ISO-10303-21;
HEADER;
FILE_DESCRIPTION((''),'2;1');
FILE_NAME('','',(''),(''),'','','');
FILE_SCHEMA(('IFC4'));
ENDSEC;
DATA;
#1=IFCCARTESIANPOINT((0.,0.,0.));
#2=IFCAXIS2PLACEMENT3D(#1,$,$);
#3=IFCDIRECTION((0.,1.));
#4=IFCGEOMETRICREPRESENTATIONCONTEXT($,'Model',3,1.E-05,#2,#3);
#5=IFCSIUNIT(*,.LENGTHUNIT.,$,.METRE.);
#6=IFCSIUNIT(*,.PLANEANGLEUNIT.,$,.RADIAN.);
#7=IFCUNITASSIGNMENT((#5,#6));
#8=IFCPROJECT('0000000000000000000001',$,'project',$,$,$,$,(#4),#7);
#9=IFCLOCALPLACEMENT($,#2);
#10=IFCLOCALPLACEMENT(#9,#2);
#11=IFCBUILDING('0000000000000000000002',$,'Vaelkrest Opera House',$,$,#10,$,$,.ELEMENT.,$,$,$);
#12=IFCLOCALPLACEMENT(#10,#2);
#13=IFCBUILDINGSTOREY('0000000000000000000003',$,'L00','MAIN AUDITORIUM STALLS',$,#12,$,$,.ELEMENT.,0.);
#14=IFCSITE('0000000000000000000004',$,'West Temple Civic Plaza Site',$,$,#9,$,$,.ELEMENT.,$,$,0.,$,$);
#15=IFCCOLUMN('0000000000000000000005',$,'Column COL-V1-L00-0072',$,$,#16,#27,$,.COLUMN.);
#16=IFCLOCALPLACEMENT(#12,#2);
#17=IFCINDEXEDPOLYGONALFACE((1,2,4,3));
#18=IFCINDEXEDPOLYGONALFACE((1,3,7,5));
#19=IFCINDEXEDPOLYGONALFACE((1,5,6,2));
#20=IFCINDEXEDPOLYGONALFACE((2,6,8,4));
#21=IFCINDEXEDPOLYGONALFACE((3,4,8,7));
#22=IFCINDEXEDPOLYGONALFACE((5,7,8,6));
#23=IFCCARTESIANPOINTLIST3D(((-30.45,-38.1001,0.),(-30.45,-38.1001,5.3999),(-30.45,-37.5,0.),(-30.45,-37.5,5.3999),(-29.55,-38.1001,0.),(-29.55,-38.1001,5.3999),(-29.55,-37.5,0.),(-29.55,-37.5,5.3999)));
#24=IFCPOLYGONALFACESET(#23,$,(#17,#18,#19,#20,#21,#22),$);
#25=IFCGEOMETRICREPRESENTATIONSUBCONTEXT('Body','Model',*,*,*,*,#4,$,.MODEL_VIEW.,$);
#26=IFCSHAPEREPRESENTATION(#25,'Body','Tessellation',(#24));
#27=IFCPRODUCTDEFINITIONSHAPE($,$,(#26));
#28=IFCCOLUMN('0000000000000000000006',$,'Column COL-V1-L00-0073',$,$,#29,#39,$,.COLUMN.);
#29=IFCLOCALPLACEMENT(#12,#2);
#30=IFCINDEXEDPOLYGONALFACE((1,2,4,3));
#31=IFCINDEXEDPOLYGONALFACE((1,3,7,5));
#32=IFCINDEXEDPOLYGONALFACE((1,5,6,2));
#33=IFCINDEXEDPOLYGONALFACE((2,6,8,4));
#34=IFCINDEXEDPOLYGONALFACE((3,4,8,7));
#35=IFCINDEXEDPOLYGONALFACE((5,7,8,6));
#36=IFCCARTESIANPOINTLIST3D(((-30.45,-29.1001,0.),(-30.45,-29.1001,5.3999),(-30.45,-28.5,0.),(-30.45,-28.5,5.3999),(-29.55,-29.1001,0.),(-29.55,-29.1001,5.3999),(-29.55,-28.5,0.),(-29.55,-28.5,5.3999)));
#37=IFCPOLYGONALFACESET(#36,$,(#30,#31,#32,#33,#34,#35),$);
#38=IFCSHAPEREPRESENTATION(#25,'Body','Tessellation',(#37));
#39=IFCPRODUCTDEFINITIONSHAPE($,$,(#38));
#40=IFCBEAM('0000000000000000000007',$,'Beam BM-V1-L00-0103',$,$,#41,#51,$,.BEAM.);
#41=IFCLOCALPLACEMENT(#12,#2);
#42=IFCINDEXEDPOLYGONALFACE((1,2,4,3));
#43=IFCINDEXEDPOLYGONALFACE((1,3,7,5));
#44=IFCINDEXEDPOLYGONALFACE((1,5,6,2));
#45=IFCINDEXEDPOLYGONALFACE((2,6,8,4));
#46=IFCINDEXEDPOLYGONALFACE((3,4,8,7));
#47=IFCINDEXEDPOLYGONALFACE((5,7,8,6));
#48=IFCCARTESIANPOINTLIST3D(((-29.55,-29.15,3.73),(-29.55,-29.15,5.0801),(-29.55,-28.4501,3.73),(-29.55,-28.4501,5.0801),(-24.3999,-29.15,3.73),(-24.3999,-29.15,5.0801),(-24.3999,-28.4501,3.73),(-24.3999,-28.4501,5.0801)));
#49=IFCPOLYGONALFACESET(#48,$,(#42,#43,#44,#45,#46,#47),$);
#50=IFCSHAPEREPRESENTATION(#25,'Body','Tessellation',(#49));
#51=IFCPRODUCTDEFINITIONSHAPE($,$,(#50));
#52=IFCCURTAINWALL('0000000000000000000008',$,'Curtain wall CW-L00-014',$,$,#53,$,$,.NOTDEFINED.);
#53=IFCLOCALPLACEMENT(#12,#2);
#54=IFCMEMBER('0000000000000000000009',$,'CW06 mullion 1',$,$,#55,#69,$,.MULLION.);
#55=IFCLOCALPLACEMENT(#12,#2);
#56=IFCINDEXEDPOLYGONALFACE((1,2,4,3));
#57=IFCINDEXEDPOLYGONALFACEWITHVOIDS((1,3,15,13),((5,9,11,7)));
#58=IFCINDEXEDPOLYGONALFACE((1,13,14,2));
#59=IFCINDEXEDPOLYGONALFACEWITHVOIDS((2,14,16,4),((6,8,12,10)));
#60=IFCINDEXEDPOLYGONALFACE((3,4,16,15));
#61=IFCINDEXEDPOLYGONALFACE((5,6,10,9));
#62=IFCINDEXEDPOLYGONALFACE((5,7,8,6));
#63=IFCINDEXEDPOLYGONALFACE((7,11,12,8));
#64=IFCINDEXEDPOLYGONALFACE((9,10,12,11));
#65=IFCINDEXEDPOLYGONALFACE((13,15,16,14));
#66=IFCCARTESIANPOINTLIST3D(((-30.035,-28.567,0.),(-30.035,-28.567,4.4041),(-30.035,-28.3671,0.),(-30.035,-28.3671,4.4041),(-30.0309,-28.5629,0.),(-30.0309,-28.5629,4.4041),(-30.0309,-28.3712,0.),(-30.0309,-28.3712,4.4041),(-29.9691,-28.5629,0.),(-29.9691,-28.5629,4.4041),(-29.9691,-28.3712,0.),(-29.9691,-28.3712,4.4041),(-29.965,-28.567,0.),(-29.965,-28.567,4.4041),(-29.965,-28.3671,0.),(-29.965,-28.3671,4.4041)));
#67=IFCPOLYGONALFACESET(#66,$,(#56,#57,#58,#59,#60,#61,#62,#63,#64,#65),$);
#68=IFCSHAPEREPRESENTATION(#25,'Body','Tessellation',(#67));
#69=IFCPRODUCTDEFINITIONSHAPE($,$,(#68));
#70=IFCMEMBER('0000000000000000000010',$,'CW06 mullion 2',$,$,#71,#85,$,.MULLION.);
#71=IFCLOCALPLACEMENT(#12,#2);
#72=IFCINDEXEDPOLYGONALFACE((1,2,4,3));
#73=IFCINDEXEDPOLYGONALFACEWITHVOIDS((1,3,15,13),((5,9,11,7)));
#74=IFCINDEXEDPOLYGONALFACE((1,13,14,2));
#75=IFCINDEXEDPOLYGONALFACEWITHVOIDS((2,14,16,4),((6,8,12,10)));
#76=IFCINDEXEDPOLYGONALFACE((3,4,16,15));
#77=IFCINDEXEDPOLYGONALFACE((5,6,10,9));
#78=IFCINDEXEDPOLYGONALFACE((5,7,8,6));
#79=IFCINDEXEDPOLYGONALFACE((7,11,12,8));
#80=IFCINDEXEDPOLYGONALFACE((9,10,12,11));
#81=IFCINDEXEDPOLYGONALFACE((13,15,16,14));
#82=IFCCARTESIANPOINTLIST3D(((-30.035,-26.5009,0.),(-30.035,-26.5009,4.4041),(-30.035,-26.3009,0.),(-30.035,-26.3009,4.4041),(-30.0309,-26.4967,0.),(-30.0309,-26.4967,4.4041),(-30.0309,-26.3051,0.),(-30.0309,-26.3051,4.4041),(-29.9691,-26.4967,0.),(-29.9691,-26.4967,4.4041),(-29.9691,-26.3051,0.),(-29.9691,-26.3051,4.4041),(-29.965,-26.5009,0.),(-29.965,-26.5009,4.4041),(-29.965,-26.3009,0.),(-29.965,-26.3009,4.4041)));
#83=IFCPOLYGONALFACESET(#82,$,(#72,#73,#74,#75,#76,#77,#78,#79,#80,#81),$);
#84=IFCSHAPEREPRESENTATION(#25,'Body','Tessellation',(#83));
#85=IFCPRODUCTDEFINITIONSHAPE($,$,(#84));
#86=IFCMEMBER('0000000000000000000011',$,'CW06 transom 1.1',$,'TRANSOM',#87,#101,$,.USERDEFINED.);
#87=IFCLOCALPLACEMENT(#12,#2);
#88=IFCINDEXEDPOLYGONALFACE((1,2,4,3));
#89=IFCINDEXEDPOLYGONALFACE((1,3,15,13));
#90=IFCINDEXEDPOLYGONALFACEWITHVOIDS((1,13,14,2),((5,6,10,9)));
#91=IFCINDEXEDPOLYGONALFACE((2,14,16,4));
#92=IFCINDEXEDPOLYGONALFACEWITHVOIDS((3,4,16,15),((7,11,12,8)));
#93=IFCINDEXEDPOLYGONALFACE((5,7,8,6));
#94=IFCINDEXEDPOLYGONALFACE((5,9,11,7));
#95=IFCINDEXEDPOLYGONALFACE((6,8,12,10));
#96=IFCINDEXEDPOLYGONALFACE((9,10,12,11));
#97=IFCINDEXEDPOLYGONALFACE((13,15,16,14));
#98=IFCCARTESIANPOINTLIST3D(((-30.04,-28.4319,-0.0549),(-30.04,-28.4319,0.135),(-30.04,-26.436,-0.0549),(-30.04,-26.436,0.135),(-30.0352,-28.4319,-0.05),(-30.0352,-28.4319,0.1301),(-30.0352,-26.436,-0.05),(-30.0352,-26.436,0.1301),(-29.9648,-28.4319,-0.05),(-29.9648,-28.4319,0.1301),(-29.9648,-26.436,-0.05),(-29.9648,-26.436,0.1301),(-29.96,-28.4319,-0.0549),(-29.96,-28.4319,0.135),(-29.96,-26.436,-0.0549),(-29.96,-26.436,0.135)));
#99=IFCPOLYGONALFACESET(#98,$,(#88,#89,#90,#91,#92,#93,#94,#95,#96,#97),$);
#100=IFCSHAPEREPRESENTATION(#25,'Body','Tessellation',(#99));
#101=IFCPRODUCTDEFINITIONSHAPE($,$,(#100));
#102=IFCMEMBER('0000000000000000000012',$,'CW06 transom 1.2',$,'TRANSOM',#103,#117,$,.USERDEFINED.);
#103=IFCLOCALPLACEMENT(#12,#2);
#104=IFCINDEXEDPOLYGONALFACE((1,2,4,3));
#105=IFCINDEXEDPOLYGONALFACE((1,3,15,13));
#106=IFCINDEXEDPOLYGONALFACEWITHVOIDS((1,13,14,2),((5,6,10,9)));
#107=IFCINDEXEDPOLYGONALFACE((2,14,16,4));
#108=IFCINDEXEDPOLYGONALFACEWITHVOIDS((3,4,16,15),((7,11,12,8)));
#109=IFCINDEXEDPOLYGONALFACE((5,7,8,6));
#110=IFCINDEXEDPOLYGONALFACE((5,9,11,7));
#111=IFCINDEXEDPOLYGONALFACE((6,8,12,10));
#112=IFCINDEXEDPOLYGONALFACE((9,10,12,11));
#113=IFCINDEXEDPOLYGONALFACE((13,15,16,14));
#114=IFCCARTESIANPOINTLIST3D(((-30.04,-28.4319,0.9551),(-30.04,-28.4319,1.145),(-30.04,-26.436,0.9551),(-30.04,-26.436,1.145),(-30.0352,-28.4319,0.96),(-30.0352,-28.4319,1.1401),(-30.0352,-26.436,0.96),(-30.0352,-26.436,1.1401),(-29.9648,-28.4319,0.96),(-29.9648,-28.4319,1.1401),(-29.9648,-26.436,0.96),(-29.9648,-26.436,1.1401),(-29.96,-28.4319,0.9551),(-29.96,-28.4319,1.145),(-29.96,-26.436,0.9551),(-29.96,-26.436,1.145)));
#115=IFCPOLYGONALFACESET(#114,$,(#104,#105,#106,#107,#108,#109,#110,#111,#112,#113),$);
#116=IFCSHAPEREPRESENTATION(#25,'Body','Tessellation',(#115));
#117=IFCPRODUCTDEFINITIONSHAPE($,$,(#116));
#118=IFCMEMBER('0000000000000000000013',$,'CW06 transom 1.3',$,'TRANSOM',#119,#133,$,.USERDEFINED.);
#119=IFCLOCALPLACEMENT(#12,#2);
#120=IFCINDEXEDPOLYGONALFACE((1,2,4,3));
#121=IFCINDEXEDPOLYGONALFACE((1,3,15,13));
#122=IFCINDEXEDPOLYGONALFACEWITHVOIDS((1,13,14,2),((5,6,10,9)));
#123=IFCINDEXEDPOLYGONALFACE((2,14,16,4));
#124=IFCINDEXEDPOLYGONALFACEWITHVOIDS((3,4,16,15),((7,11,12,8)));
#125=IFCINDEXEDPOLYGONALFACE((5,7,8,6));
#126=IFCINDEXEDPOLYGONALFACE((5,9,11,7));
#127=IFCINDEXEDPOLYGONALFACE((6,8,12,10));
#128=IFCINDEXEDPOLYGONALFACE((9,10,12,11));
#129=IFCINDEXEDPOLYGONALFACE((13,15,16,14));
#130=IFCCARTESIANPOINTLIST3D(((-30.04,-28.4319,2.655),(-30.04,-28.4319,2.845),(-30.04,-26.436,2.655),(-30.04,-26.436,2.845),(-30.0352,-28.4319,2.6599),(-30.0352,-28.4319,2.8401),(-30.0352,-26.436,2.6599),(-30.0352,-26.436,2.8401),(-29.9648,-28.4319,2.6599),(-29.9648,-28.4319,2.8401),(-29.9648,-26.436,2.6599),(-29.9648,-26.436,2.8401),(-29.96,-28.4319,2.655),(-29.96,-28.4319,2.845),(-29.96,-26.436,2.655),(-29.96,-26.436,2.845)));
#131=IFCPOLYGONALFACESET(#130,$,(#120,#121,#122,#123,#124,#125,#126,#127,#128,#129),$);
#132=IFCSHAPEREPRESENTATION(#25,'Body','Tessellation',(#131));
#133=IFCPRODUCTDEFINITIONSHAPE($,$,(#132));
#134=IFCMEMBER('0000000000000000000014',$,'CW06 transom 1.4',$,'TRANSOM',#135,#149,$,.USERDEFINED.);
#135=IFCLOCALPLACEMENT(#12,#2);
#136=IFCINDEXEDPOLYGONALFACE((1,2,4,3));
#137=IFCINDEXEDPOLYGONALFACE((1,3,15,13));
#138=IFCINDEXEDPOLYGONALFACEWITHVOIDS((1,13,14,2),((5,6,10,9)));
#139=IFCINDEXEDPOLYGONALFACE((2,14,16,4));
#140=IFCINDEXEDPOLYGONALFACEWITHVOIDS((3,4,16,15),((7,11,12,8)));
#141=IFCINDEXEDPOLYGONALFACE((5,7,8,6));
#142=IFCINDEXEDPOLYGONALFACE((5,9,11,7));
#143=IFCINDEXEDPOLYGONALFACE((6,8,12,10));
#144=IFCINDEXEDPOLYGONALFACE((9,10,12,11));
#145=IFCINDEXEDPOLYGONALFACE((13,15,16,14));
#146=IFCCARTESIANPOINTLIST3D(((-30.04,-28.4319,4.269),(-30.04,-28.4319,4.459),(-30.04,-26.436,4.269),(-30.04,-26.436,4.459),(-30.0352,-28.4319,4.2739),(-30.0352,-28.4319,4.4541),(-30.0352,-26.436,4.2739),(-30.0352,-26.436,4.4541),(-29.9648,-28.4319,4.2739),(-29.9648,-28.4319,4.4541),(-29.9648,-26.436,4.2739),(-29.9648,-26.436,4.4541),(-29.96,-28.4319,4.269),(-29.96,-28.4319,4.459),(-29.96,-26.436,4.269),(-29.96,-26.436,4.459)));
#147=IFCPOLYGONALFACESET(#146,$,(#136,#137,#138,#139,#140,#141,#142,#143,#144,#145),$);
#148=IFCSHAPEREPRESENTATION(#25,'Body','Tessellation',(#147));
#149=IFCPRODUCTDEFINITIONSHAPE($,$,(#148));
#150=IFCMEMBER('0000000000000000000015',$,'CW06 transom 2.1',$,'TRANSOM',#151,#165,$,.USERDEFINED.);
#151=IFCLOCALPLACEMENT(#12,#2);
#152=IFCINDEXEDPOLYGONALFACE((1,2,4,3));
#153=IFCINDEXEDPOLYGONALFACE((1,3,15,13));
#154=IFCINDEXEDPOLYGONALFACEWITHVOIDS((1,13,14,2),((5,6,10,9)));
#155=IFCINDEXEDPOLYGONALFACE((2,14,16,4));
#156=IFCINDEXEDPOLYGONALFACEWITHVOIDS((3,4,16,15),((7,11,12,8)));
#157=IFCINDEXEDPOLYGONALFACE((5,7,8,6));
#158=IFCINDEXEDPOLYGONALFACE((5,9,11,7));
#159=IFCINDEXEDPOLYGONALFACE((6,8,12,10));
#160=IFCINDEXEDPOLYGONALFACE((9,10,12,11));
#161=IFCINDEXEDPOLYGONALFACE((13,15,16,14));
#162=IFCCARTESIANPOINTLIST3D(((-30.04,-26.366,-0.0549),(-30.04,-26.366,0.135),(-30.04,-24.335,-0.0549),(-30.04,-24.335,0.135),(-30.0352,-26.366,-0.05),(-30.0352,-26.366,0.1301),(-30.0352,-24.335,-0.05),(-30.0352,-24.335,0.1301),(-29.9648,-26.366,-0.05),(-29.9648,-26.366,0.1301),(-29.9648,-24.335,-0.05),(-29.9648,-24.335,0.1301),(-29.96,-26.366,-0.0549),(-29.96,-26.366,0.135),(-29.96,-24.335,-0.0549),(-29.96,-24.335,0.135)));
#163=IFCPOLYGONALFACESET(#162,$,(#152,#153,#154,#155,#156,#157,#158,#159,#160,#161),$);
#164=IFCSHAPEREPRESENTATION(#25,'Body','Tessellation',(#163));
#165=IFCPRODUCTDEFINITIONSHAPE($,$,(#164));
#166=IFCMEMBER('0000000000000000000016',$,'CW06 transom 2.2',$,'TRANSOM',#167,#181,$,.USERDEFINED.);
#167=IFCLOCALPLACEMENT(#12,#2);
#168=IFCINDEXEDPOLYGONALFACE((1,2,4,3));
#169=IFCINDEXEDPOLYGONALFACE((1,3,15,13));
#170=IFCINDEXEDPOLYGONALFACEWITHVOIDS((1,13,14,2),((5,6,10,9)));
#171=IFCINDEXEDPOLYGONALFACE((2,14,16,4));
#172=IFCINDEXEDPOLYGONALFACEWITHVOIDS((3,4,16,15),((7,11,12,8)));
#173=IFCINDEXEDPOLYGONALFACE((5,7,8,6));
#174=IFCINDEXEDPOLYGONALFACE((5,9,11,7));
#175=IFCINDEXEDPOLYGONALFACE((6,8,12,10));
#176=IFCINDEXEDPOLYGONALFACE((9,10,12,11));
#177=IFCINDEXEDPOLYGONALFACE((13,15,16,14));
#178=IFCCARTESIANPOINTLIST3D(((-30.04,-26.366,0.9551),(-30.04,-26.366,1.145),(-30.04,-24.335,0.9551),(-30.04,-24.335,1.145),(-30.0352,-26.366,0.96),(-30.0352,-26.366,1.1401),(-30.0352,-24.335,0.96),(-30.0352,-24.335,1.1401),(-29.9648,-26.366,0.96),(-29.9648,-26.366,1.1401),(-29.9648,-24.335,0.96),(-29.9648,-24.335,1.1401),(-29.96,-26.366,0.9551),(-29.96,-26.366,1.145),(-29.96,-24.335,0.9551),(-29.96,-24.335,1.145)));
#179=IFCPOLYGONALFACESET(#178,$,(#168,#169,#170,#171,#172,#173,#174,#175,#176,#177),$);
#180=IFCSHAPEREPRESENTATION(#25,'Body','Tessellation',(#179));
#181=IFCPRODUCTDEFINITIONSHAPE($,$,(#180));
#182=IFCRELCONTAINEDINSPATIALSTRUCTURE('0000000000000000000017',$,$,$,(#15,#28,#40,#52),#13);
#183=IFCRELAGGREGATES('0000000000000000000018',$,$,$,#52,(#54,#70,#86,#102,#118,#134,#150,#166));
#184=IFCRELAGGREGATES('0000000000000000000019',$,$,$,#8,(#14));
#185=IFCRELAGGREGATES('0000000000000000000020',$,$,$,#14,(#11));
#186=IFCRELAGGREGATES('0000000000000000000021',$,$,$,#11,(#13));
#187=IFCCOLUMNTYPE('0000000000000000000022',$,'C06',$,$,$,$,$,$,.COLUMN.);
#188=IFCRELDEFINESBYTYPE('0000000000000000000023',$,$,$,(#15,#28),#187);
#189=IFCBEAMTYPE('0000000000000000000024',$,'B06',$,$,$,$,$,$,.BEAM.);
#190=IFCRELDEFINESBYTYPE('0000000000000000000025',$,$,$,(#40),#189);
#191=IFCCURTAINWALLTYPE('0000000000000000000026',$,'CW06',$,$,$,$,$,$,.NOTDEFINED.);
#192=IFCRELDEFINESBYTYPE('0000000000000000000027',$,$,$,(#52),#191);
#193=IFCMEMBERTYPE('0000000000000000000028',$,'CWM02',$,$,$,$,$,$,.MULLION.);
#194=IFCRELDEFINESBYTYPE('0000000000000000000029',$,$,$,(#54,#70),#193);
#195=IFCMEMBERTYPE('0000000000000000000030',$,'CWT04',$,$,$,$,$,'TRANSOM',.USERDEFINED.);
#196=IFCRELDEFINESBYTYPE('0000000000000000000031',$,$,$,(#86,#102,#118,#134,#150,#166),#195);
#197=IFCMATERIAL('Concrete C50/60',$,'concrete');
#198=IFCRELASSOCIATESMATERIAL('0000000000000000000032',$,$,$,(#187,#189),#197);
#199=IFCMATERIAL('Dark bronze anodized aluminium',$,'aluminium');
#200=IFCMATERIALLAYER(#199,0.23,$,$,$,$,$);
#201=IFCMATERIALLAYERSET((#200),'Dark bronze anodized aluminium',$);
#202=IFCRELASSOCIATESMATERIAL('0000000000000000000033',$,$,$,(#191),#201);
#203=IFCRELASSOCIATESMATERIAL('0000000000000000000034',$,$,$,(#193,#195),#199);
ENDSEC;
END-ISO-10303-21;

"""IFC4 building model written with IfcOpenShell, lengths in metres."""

from ifc_helpers import new_model, si_unit, direction, frame, origin, origin_2d, place, context, subcontext, project, spatial, rectangle, hollow_rectangle, extrude, material, layer, layer_set, material_profile, profile_set, type_object, element, aggregate, save


model = new_model("IFC4")

# Units and contexts
model_context = context("Model", 3, precision=1e-05, world=origin(), true_north=direction((0.0, 1.0)))
body_context = subcontext(model_context, "Body", "Model", "MODEL_VIEW")
ifc_project = project(units=[si_unit("LENGTHUNIT", "METRE"), si_unit("PLANEANGLEUNIT", "RADIAN")], contexts=[model_context])

# Site, building, storey
site_placement = place(None, origin())
site = spatial("IfcSite", under=ifc_project, at=site_placement, Name="West Temple Civic Plaza Site", CompositionType="ELEMENT", RefElevation=0.0)
building_placement = place(site_placement, origin())
building = spatial("IfcBuilding", under=site, at=building_placement, Name="Vaelkrest Opera House", CompositionType="ELEMENT")
storey_placement = place(building_placement, origin())
storey = spatial("IfcBuildingStorey", under=building, at=storey_placement, Name="L00", Description="MAIN AUDITORIUM STALLS", CompositionType="ELEMENT", Elevation=0.0)

# Columns
ifc_material_1 = material(Name="Concrete C50/60", Category="concrete")
ifc_material_profile_1 = material_profile(ifc_material_1, rectangle(XDim=0.6001, YDim=0.8999, at=origin_2d()), Name="RC600X900")
ifc_profile_set_1 = profile_set([ifc_material_profile_1], Name="Concrete C50/60")
column_type = type_object("IfcColumnType", Name="C06", PredefinedType="COLUMN", material=ifc_profile_set_1)
for number, where, z_axis, x_axis, name in (
    (1, (-30.0, -37.8, 0.0), (0.0, 0.0, 1.0), (0.0, 1.0, 0.0), "Column COL-V1-L00-0072"),
    (2, (-30.0, -28.8, 0.0), (0.0, 0.0, 1.0), (0.0, 1.0, 0.0), "Column COL-V1-L00-0073"),
):
    element("IfcColumn", number, at=place(storey_placement, frame(where, z_axis=z_axis, x_axis=x_axis)), inside=storey, type_object=column_type, Name=name, PredefinedType="COLUMN", context=body_context, shape_type="SweptSolid", body=[
        extrude(rectangle(XDim=0.6001, YDim=0.8999, at=origin_2d()), origin(), (0.0, 0.0, 1.0), 5.3999),
    ])

# Beam
ifc_material_profile_2 = material_profile(ifc_material_1, rectangle(XDim=0.7, YDim=1.3501, at=origin_2d()), Name="RCB700X1350")
ifc_profile_set_2 = profile_set([ifc_material_profile_2], Name="Concrete C50/60")
beam_type_1 = type_object("IfcBeamType", Name="B06", PredefinedType="BEAM", material=ifc_profile_set_2)
beam_1_placement = place(storey_placement, frame((-29.55, -28.8, 4.405), z_axis=(1.0, 0.0, 0.0), x_axis=(0.0, 1.0, 0.0)))
element("IfcBeam", 3, at=beam_1_placement, inside=storey, type_object=beam_type_1, Name="Beam BM-V1-L00-0103", PredefinedType="BEAM", context=body_context, shape_type="SweptSolid", body=[
    extrude(rectangle(XDim=0.7, YDim=1.3501, at=origin_2d()), origin(), (0.0, 0.0, 1.0), 5.1501),
])

# Curtain wall, members
ifc_material_2 = material(Name="Dark bronze anodized aluminium", Category="aluminium")
ifc_layer_1 = layer(ifc_material_2, 0.23)
ifc_layer_set_1 = layer_set([ifc_layer_1], Name="Dark bronze anodized aluminium")
curtain_wall_type = type_object("IfcCurtainWallType", Name="CW06", PredefinedType="NOTDEFINED", material=ifc_layer_set_1)
curtain_wall_placement = place(storey_placement, origin())
curtain_wall = element("IfcCurtainWall", 4, at=curtain_wall_placement, inside=storey, type_object=curtain_wall_type, Name="Curtain wall CW-L00-014", PredefinedType="NOTDEFINED")
ifc_material_profile_3 = material_profile(ifc_material_2, hollow_rectangle(XDim=0.0701, YDim=0.2, WallThickness=0.0042, at=origin_2d()), Name="CWM70X200")
ifc_profile_set_3 = profile_set([ifc_material_profile_3], Name="Dark bronze anodized aluminium")
member_type_1 = type_object("IfcMemberType", Name="CWM02", PredefinedType="MULLION", material=ifc_profile_set_3)
member_1_placement = place(storey_placement, frame((-30.0, -28.467, 0.0), z_axis=(0.0, 0.0, 1.0), x_axis=(-1.0, 0.0, 0.0)))
member_1 = element("IfcMember", 5, at=member_1_placement, type_object=member_type_1, Name="CW06 mullion 1", PredefinedType="MULLION", context=body_context, shape_type="SweptSolid", body=[
    extrude(hollow_rectangle(XDim=0.0701, YDim=0.2, WallThickness=0.0042, at=origin_2d()), origin(), (0.0, 0.0, 1.0), 4.4041),
])
member_2_placement = place(storey_placement, frame((-30.0, -26.4009, 0.0), z_axis=(0.0, 0.0, 1.0), x_axis=(-1.0, 0.0, 0.0)))
member_2 = element("IfcMember", 6, at=member_2_placement, type_object=member_type_1, Name="CW06 mullion 2", PredefinedType="MULLION", context=body_context, shape_type="SweptSolid", body=[
    extrude(hollow_rectangle(XDim=0.0701, YDim=0.2, WallThickness=0.0042, at=origin_2d()), origin(), (0.0, 0.0, 1.0), 4.4041),
])
ifc_material_profile_4 = material_profile(ifc_material_2, hollow_rectangle(XDim=0.0801, YDim=0.1899, WallThickness=0.0049, at=origin_2d()), Name="CWT80X190")
ifc_profile_set_4 = profile_set([ifc_material_profile_4], Name="Dark bronze anodized aluminium")
member_type_2 = type_object("IfcMemberType", Name="CWT04", ElementType="TRANSOM", PredefinedType="USERDEFINED", material=ifc_profile_set_4)
member_3_placement = place(storey_placement, frame((-30.0, -28.4319, 0.04), z_axis=(0.0, 1.0, 0.0), x_axis=(-1.0, 0.0, 0.0)))
member_3 = element("IfcMember", 7, at=member_3_placement, type_object=member_type_2, Name="CW06 transom 1.1", ObjectType="TRANSOM", PredefinedType="USERDEFINED", context=body_context, shape_type="SweptSolid", body=[
    extrude(hollow_rectangle(XDim=0.0801, YDim=0.1899, WallThickness=0.0049, at=origin_2d()), origin(), (0.0, 0.0, 1.0), 1.9958),
])
member_4_placement = place(storey_placement, frame((-30.0, -28.4319, 1.05), z_axis=(0.0, 1.0, 0.0), x_axis=(-1.0, 0.0, 0.0)))
member_4 = element("IfcMember", 8, at=member_4_placement, type_object=member_type_2, Name="CW06 transom 1.2", ObjectType="TRANSOM", PredefinedType="USERDEFINED", context=body_context, shape_type="SweptSolid", body=[
    extrude(hollow_rectangle(XDim=0.0801, YDim=0.1899, WallThickness=0.0049, at=origin_2d()), origin(), (0.0, 0.0, 1.0), 1.9958),
])
member_5_placement = place(storey_placement, frame((-30.0, -28.4319, 2.75), z_axis=(0.0, 1.0, 0.0), x_axis=(-1.0, 0.0, 0.0)))
member_5 = element("IfcMember", 9, at=member_5_placement, type_object=member_type_2, Name="CW06 transom 1.3", ObjectType="TRANSOM", PredefinedType="USERDEFINED", context=body_context, shape_type="SweptSolid", body=[
    extrude(hollow_rectangle(XDim=0.0801, YDim=0.1899, WallThickness=0.0049, at=origin_2d()), origin(), (0.0, 0.0, 1.0), 1.9958),
])
member_6_placement = place(storey_placement, frame((-30.0, -28.4319, 4.364), z_axis=(0.0, 1.0, 0.0), x_axis=(-1.0, 0.0, 0.0)))
member_6 = element("IfcMember", 10, at=member_6_placement, type_object=member_type_2, Name="CW06 transom 1.4", ObjectType="TRANSOM", PredefinedType="USERDEFINED", context=body_context, shape_type="SweptSolid", body=[
    extrude(hollow_rectangle(XDim=0.0801, YDim=0.1899, WallThickness=0.0049, at=origin_2d()), origin(), (0.0, 0.0, 1.0), 1.9958),
])
member_7_placement = place(storey_placement, frame((-30.0, -26.366, 0.04), z_axis=(0.0, 1.0, 0.0), x_axis=(-1.0, 0.0, 0.0)))
member_7 = element("IfcMember", 11, at=member_7_placement, type_object=member_type_2, Name="CW06 transom 2.1", ObjectType="TRANSOM", PredefinedType="USERDEFINED", context=body_context, shape_type="SweptSolid", body=[
    extrude(hollow_rectangle(XDim=0.0801, YDim=0.1899, WallThickness=0.0049, at=origin_2d()), origin(), (0.0, 0.0, 1.0), 2.031),
])
member_8_placement = place(storey_placement, frame((-30.0, -26.366, 1.05), z_axis=(0.0, 1.0, 0.0), x_axis=(-1.0, 0.0, 0.0)))
member_8 = element("IfcMember", 12, at=member_8_placement, type_object=member_type_2, Name="CW06 transom 2.2", ObjectType="TRANSOM", PredefinedType="USERDEFINED", context=body_context, shape_type="SweptSolid", body=[
    extrude(hollow_rectangle(XDim=0.0801, YDim=0.1899, WallThickness=0.0049, at=origin_2d()), origin(), (0.0, 0.0, 1.0), 2.031),
])

aggregate(curtain_wall, [member_1, member_2, member_3, member_4, member_5, member_6, member_7, member_8])

save(model, "model.ifc")
